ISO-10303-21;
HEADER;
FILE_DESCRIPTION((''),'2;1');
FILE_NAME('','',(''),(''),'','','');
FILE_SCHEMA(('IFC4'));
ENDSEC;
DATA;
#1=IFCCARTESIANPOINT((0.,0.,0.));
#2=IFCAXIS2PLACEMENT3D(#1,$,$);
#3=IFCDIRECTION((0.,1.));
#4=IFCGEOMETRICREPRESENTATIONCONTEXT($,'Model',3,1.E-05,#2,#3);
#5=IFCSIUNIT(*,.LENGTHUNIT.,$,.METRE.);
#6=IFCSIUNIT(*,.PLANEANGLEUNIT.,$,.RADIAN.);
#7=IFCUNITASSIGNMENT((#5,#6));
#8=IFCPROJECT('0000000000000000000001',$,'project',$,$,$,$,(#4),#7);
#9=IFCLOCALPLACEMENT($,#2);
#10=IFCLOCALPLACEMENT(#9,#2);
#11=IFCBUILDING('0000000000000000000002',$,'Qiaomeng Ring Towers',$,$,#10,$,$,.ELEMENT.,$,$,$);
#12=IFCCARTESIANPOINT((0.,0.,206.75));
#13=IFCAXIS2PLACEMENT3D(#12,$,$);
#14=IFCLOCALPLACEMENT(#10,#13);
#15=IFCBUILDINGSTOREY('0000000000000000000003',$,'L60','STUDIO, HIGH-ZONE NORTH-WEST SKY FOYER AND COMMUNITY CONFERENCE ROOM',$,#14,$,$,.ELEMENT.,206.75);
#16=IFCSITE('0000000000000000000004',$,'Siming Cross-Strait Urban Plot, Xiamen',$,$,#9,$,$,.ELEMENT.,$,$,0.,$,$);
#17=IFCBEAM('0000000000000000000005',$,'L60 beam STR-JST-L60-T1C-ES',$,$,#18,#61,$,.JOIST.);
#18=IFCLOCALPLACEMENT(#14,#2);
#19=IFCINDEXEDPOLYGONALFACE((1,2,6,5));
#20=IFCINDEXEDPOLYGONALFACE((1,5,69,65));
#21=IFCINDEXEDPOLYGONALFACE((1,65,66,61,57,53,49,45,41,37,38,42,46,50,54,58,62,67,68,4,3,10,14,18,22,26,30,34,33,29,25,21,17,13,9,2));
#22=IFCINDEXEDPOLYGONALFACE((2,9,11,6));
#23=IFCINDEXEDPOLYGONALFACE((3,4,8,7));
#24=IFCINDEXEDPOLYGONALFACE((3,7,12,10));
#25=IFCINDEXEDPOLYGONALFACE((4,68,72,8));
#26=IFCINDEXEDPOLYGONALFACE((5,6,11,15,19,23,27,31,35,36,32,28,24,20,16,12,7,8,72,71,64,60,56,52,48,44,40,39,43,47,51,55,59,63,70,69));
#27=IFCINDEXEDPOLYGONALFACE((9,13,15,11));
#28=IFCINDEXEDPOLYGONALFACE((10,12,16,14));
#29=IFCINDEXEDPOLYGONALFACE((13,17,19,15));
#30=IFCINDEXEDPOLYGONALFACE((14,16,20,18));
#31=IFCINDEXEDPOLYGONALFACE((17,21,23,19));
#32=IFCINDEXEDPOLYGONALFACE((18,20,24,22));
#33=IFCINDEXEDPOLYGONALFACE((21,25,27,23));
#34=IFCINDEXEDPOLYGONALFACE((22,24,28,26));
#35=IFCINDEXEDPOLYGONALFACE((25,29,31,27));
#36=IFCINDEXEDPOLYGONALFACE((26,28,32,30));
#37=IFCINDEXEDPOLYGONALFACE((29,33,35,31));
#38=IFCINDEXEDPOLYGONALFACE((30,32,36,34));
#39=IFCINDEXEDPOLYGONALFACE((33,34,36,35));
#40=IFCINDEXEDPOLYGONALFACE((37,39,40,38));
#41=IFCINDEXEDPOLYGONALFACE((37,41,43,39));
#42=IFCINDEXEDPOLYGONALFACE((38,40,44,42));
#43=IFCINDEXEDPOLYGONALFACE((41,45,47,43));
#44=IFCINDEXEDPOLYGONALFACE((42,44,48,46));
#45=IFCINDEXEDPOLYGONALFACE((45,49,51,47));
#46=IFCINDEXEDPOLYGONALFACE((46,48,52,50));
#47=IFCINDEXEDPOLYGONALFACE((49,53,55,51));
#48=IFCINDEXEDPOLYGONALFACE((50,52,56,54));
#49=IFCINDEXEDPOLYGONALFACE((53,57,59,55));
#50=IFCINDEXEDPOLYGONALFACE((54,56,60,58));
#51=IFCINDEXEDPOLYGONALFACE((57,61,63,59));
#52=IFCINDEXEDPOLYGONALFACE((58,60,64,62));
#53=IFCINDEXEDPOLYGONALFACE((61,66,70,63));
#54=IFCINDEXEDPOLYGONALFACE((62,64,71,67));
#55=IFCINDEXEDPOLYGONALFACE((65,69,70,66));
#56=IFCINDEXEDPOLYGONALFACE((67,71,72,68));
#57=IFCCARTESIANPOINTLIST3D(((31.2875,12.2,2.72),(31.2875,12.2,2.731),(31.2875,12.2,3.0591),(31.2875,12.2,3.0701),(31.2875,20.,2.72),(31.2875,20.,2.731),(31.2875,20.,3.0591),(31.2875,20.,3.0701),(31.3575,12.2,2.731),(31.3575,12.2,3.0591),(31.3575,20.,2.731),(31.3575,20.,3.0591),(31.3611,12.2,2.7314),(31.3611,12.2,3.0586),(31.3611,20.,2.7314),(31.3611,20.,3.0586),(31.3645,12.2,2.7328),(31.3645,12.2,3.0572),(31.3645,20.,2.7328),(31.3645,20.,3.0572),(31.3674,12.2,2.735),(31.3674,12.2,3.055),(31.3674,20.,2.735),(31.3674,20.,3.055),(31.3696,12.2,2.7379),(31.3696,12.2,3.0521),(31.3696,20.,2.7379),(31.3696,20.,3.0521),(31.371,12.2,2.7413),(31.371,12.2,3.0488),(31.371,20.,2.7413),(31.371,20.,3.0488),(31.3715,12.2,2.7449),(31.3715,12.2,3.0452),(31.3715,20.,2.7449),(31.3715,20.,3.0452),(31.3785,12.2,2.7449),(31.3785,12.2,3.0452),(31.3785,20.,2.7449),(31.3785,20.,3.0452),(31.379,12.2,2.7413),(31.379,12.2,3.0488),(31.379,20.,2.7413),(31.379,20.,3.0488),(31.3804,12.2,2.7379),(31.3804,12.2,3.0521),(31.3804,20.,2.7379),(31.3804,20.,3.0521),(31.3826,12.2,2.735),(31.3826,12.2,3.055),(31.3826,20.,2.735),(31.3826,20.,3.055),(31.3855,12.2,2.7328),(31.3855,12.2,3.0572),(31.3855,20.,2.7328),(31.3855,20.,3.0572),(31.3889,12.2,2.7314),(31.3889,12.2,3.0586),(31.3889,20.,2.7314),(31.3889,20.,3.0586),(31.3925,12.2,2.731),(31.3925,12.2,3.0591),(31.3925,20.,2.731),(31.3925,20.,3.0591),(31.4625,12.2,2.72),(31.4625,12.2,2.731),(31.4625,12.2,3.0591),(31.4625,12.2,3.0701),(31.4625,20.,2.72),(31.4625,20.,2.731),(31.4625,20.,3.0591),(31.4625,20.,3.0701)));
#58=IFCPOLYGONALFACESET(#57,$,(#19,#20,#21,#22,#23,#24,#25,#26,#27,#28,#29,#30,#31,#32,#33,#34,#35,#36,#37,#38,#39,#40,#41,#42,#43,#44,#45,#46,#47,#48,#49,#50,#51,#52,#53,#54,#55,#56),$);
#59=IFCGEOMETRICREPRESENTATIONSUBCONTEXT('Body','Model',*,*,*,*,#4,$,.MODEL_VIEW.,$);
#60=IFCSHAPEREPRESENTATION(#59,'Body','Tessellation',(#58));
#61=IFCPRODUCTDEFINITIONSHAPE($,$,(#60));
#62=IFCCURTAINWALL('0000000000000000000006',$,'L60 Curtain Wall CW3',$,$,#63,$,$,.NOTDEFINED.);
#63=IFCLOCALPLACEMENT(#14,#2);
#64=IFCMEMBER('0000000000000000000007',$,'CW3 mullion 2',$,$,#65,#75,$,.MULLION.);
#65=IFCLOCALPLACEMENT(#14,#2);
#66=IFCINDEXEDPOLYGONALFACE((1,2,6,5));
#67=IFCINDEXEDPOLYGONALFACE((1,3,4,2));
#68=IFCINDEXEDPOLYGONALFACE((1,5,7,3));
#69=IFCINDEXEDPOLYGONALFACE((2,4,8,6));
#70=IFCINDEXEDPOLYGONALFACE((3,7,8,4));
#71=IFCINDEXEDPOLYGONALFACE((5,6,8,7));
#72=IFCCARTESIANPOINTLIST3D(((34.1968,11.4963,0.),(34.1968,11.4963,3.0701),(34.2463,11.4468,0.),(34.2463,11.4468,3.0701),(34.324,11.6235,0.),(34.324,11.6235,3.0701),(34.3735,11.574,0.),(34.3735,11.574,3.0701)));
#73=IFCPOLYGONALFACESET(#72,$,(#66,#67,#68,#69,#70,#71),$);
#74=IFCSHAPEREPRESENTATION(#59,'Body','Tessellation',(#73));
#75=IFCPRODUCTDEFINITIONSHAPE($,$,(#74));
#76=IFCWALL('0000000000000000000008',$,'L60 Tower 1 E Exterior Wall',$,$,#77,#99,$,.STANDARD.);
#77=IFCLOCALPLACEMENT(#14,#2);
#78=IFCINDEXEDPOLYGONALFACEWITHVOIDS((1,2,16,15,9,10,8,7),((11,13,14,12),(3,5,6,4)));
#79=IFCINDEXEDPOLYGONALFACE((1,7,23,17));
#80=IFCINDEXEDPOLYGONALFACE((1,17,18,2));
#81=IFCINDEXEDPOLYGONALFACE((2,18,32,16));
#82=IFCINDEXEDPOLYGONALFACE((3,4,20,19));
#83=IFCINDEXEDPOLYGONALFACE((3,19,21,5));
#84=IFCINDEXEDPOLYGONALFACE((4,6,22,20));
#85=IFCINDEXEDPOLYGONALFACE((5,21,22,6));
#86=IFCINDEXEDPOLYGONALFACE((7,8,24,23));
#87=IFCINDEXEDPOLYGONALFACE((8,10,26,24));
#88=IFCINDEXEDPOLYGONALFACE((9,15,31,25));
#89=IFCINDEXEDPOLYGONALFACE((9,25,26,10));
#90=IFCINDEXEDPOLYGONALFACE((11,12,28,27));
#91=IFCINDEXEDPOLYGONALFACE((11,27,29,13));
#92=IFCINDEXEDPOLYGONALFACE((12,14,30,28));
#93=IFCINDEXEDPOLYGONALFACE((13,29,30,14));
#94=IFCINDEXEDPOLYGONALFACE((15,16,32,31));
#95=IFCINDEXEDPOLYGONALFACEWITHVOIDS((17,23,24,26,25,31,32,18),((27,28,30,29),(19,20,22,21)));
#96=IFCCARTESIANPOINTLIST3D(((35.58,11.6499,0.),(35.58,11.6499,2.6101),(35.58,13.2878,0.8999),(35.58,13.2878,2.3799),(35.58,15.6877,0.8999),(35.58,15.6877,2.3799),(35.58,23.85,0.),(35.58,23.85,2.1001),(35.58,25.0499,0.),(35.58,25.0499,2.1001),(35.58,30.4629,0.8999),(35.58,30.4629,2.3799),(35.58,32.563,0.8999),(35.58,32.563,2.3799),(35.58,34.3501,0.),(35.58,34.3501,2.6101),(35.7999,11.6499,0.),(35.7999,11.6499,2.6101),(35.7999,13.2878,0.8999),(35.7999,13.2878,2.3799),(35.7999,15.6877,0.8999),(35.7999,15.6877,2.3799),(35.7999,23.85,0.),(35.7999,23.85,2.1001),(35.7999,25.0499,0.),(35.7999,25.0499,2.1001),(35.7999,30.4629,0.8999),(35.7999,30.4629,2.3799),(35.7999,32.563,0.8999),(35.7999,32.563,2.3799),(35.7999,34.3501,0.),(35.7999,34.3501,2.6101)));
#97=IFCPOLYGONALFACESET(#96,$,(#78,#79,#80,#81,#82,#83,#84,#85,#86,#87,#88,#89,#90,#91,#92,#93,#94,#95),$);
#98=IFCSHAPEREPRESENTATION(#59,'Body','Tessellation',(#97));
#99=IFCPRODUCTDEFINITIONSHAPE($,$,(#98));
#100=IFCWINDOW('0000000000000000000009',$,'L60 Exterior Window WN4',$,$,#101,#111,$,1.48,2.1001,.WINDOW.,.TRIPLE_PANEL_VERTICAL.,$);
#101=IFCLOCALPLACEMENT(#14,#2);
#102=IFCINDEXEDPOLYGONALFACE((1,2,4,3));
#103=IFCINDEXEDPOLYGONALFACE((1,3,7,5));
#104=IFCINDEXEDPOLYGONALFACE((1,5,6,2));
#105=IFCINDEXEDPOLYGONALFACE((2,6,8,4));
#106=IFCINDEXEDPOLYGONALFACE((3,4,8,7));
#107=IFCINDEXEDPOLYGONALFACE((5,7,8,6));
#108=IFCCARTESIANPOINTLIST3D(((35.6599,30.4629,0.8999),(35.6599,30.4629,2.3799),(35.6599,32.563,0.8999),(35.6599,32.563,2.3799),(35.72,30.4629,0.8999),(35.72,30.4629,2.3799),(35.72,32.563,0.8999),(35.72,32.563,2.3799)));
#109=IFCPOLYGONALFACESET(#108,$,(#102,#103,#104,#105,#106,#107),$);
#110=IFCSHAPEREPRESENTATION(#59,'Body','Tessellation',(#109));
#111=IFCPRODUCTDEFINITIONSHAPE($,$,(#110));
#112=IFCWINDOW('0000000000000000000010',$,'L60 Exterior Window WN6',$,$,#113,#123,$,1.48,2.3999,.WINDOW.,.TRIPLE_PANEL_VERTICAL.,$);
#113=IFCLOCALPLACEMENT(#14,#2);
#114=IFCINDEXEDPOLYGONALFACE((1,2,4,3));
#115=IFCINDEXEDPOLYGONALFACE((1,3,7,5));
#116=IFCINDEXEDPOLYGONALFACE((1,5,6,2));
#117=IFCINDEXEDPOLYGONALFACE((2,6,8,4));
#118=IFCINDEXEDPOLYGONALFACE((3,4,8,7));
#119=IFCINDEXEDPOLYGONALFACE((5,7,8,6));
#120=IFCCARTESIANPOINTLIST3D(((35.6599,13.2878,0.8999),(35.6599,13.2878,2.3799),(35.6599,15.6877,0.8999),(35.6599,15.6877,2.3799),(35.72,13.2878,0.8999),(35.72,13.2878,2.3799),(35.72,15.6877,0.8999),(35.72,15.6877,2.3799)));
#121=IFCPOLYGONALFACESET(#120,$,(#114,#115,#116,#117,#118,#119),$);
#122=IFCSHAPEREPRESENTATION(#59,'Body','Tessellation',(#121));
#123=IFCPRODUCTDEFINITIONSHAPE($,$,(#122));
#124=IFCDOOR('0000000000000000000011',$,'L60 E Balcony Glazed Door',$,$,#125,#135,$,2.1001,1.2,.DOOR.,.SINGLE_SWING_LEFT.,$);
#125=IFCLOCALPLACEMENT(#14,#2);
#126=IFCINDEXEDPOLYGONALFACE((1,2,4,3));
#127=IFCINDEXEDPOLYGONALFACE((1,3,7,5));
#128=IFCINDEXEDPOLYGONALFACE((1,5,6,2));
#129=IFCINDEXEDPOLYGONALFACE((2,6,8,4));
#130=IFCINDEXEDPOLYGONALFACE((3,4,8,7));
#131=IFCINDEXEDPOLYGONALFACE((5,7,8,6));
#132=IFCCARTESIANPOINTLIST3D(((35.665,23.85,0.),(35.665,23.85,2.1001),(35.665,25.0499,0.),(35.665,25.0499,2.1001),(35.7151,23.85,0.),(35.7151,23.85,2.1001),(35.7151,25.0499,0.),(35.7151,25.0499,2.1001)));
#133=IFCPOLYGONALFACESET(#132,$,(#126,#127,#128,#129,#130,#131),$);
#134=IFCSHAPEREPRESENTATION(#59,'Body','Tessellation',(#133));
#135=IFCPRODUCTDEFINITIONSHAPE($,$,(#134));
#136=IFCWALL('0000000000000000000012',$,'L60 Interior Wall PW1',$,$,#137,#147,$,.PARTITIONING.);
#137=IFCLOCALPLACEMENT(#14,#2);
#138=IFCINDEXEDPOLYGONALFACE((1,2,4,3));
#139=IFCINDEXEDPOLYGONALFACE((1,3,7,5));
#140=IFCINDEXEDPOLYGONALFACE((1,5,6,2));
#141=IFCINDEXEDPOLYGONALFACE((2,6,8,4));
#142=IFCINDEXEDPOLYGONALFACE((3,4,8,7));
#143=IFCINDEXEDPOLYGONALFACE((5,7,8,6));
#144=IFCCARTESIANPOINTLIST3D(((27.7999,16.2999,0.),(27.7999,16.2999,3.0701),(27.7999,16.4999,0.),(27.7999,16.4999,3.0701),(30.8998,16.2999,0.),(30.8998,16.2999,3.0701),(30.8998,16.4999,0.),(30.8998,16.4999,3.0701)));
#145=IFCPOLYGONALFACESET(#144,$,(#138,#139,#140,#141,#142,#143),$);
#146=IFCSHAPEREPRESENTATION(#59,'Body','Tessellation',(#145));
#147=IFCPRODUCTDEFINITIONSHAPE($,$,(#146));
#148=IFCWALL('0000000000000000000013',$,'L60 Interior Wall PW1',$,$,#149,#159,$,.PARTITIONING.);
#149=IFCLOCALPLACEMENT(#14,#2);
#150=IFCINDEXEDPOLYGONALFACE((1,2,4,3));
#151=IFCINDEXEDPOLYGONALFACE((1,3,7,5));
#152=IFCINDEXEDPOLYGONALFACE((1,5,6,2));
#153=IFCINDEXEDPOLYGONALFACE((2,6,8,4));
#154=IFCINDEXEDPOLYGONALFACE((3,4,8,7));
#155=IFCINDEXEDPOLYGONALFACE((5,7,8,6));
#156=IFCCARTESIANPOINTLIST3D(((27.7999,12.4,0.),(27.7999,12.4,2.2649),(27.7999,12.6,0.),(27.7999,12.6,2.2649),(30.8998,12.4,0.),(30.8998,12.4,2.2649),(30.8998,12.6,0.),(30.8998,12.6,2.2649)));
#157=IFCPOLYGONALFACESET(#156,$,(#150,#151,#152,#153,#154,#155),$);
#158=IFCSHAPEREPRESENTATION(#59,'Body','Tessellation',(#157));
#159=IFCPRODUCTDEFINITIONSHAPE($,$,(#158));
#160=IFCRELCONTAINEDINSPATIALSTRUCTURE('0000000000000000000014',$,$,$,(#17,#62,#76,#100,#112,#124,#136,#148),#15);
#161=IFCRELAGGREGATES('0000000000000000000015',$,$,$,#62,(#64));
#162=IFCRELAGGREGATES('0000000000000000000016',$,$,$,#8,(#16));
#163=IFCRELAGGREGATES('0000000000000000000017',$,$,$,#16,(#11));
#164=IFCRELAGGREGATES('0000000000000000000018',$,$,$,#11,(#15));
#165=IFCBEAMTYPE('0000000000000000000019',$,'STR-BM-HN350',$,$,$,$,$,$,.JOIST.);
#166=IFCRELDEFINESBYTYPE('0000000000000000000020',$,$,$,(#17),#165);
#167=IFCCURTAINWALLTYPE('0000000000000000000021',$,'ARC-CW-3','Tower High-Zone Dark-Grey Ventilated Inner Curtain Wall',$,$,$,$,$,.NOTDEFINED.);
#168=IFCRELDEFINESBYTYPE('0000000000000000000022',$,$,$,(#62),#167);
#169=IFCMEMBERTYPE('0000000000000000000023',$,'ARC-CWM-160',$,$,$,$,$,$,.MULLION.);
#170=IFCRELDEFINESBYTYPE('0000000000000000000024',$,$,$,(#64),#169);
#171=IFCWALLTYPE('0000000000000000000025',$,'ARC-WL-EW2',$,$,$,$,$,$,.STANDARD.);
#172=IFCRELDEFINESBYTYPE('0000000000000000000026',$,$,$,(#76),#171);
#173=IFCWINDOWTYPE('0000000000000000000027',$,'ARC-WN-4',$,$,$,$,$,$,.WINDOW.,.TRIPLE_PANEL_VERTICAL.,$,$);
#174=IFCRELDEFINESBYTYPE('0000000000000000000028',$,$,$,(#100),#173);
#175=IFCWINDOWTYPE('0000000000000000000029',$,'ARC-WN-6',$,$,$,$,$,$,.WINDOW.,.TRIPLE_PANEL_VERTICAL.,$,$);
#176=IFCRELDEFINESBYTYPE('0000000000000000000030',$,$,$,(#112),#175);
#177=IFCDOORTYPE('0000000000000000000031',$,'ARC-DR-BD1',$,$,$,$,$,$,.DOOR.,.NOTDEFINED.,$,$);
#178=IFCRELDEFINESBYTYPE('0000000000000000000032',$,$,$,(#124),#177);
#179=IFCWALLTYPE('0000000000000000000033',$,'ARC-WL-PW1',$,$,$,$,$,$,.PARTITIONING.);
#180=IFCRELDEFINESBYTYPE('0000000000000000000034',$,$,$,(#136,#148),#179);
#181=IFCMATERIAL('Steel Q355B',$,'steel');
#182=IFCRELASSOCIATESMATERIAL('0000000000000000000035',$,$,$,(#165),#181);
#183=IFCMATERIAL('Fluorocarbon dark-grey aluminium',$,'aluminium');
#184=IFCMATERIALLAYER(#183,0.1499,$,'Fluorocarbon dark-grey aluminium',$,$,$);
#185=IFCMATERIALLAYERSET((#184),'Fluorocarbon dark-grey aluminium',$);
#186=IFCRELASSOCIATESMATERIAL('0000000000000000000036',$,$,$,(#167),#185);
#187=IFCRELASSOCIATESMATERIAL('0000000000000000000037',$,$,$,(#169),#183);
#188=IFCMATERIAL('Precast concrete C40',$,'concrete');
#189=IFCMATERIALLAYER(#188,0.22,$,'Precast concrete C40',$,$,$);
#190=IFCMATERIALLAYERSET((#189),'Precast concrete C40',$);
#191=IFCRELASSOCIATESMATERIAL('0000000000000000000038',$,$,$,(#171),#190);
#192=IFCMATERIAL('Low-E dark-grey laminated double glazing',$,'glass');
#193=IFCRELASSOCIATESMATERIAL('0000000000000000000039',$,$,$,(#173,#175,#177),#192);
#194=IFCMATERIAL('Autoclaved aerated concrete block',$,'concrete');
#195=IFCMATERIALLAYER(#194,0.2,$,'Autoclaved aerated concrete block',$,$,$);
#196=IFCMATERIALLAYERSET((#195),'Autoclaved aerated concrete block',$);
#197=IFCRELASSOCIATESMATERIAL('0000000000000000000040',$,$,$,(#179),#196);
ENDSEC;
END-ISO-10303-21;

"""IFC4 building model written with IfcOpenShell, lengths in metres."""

from ifc_helpers import new_model, si_unit, direction, frame, frame_2d, origin, origin_2d, place, context, subcontext, project, spatial, rectangle, i_section, extrude, source, transform, mapped, material, layer, layer_set, material_profile, profile_set, type_object, element, fill, aggregate, save


model = new_model("IFC4")

# Units and contexts
model_context = context("Model", 3, precision=1e-05, world=origin(), true_north=direction((0.0, 1.0)))
body_context = subcontext(model_context, "Body", "Model", "MODEL_VIEW")
ifc_project = project(units=[si_unit("LENGTHUNIT", "METRE"), si_unit("PLANEANGLEUNIT", "RADIAN")], contexts=[model_context])

# Site, building, storey
site_placement = place(None, origin())
site = spatial("IfcSite", under=ifc_project, at=site_placement, Name="Siming Cross-Strait Urban Plot, Xiamen", CompositionType="ELEMENT", RefElevation=0.0)
building_placement = place(site_placement, origin())
building = spatial("IfcBuilding", under=site, at=building_placement, Name="Qiaomeng Ring Towers", CompositionType="ELEMENT")
storey_placement = place(building_placement, frame((0.0, 0.0, 206.75)))
storey = spatial("IfcBuildingStorey", under=building, at=storey_placement, Name="L60", Description="STUDIO, HIGH-ZONE NORTH-WEST SKY FOYER AND COMMUNITY CONFERENCE ROOM", CompositionType="ELEMENT", Elevation=206.75)

# Beam
ifc_material_1 = material(Name="Steel Q355B", Category="steel")
ifc_material_profile_1 = material_profile(ifc_material_1, i_section(OverallWidth=0.175, OverallDepth=0.3501, WebThickness=0.0071, FlangeThickness=0.011, FilletRadius=0.0139, at=origin_2d()), Name="HN 350x175x7x11")
ifc_profile_set_1 = profile_set([ifc_material_profile_1], Name="Steel Q355B")
beam_type_1 = type_object("IfcBeamType", Name="STR-BM-HN350", PredefinedType="JOIST", material=ifc_profile_set_1)
shared_shape_1 = source(origin(), body_context, "Body", "SweptSolid", [
    extrude(i_section(OverallWidth=0.175, OverallDepth=0.3501, WebThickness=0.0071, FlangeThickness=0.011, FilletRadius=0.0139, at=origin_2d()), origin(), (0.0, 0.0, 1.0), 7.8),
])
beam_1_placement = place(storey_placement, frame((31.375, 12.2, 2.895), z_axis=(0.0, 1.0, 0.0), x_axis=(-1.0, 0.0, 0.0)))
element("IfcBeam", 1, at=beam_1_placement, inside=storey, type_object=beam_type_1, Name="L60 beam STR-JST-L60-T1C-ES", PredefinedType="JOIST", context=body_context, shape_type="MappedRepresentation", body=[
    mapped(shared_shape_1, transform((0.0, 0.0, 0.0), x_axis=(1.0, 0.0, 0.0), y_axis=(0.0, 1.0, 0.0), z_axis=(0.0, 0.0, 1.0), scale=1.0)),
])

# Curtain wall, member
ifc_material_2 = material(Name="Fluorocarbon dark-grey aluminium", Category="aluminium")
ifc_layer_1 = layer(ifc_material_2, 0.1499, Name="Fluorocarbon dark-grey aluminium")
ifc_layer_set_1 = layer_set([ifc_layer_1], Name="Fluorocarbon dark-grey aluminium")
curtain_wall_type = type_object("IfcCurtainWallType", Name="ARC-CW-3", Description="Tower High-Zone Dark-Grey Ventilated Inner Curtain Wall", PredefinedType="NOTDEFINED", material=ifc_layer_set_1)
curtain_wall_placement = place(storey_placement, origin())
curtain_wall = element("IfcCurtainWall", 2, at=curtain_wall_placement, inside=storey, type_object=curtain_wall_type, Name="L60 Curtain Wall CW3", PredefinedType="NOTDEFINED")
ifc_material_profile_2 = material_profile(ifc_material_2, rectangle(XDim=0.0701, YDim=0.1799, at=origin_2d()), Name="ALU MULL 70x180")
ifc_profile_set_2 = profile_set([ifc_material_profile_2], Name="Fluorocarbon dark-grey aluminium")
member_type = type_object("IfcMemberType", Name="ARC-CWM-160", PredefinedType="MULLION", material=ifc_profile_set_2)
shared_shape_2 = source(origin(), body_context, "Body", "SweptSolid", [
    extrude(rectangle(XDim=0.0701, YDim=0.1799, at=origin_2d()), origin(), (0.0, 0.0, 1.0), 3.0701),
])
member_placement = place(storey_placement, frame((34.2852, 11.5352, 0.0), z_axis=(0.0, 0.0, 1.0), x_axis=(-0.707107, 0.707107, 0.0)))
member = element("IfcMember", 3, at=member_placement, type_object=member_type, Name="CW3 mullion 2", PredefinedType="MULLION", context=body_context, shape_type="MappedRepresentation", body=[
    mapped(shared_shape_2, transform((0.0, 0.0, 0.0), x_axis=(1.0, 0.0, 0.0), y_axis=(0.0, 1.0, 0.0), z_axis=(0.0, 0.0, 1.0), scale=1.0)),
])
aggregate(curtain_wall, [member])

# Wall, openings, windows, door
ifc_material_3 = material(Name="Precast concrete C40", Category="concrete")
ifc_layer_2 = layer(ifc_material_3, 0.22, Name="Precast concrete C40")
ifc_layer_set_2 = layer_set([ifc_layer_2], Name="Precast concrete C40")
wall_type_1 = type_object("IfcWallType", Name="ARC-WL-EW2", PredefinedType="STANDARD", material=ifc_layer_set_2)
wall_1_placement = place(storey_placement, frame((35.6899, 11.6499, 0.0), z_axis=(0.0, 0.0, 1.0), x_axis=(0.0, 1.0, 0.0)))
wall_1 = element("IfcWall", 4, at=wall_1_placement, inside=storey, type_object=wall_type_1, Name="L60 Tower 1 E Exterior Wall", PredefinedType="STANDARD", context=body_context, shape_type="SweptSolid", body=[
    extrude(rectangle(XDim=22.7002, YDim=0.22, at=frame_2d((11.3501, 0.0))), origin(), (0.0, 0.0, 1.0), 2.6101),
])
opening_1_placement = place(wall_1_placement, frame((12.2, 0.0, 0.0)))
opening_1 = element("IfcOpeningElement", 5, at=opening_1_placement, cuts=wall_1, PredefinedType="OPENING", context=body_context, shape_type="SweptSolid", body=[
    extrude(rectangle(XDim=1.2, YDim=2.1001, at=frame_2d((0.6001, 1.05))), frame((0.0, 0.1199, 0.0), z_axis=(0.0, -1.0, 0.0), x_axis=(1.0, 0.0, 0.0)), (0.0, 0.0, 1.0), 0.24),
])
opening_2_placement = place(wall_1_placement, frame((1.6379, 0.0, 0.8999)))
opening_2 = element("IfcOpeningElement", 6, at=opening_2_placement, cuts=wall_1, PredefinedType="OPENING", context=body_context, shape_type="SweptSolid", body=[
    extrude(rectangle(XDim=2.3999, YDim=1.48, at=frame_2d((1.2, 0.74))), frame((0.0, 0.1199, 0.0), z_axis=(0.0, -1.0, 0.0), x_axis=(1.0, 0.0, 0.0)), (0.0, 0.0, 1.0), 0.24),
])
opening_3_placement = place(wall_1_placement, frame((18.813, 0.0, 0.8999)))
opening_3 = element("IfcOpeningElement", 7, at=opening_3_placement, cuts=wall_1, PredefinedType="OPENING", context=body_context, shape_type="SweptSolid", body=[
    extrude(rectangle(XDim=2.1001, YDim=1.48, at=frame_2d((1.05, 0.74))), frame((0.0, 0.1199, 0.0), z_axis=(0.0, -1.0, 0.0), x_axis=(1.0, 0.0, 0.0)), (0.0, 0.0, 1.0), 0.24),
])
ifc_material_4 = material(Name="Low-E dark-grey laminated double glazing", Category="glass")
window_type_1 = type_object("IfcWindowType", Name="ARC-WN-4", PartitioningType="TRIPLE_PANEL_VERTICAL", PredefinedType="WINDOW", material=ifc_material_4)
shared_shape_3 = source(origin(), body_context, "Body", "SweptSolid", [
    extrude(rectangle(XDim=2.1001, YDim=1.48, at=frame_2d((1.05, 0.74))), frame((0.0, 0.03, 0.0), z_axis=(0.0, -1.0, 0.0), x_axis=(1.0, 0.0, 0.0)), (0.0, 0.0, 1.0), 0.0601),
])
window_1_placement = place(opening_3_placement, origin())
window_1 = element("IfcWindow", 8, at=window_1_placement, inside=storey, type_object=window_type_1, Name="L60 Exterior Window WN4", OverallHeight=1.48, OverallWidth=2.1001, PartitioningType="TRIPLE_PANEL_VERTICAL", PredefinedType="WINDOW", context=body_context, shape_type="MappedRepresentation", body=[
    mapped(shared_shape_3, transform((0.0, 0.0, 0.0), x_axis=(1.0, 0.0, 0.0), y_axis=(0.0, 1.0, 0.0), z_axis=(0.0, 0.0, 1.0), scale=1.0)),
])
fill(opening_3, window_1)
window_type_2 = type_object("IfcWindowType", Name="ARC-WN-6", PartitioningType="TRIPLE_PANEL_VERTICAL", PredefinedType="WINDOW", material=ifc_material_4)
shared_shape_4 = source(origin(), body_context, "Body", "SweptSolid", [
    extrude(rectangle(XDim=2.3999, YDim=1.48, at=frame_2d((1.2, 0.74))), frame((0.0, 0.03, 0.0), z_axis=(0.0, -1.0, 0.0), x_axis=(1.0, 0.0, 0.0)), (0.0, 0.0, 1.0), 0.0601),
])
window_2_placement = place(opening_2_placement, origin())
window_2 = element("IfcWindow", 9, at=window_2_placement, inside=storey, type_object=window_type_2, Name="L60 Exterior Window WN6", OverallHeight=1.48, OverallWidth=2.3999, PartitioningType="TRIPLE_PANEL_VERTICAL", PredefinedType="WINDOW", context=body_context, shape_type="MappedRepresentation", body=[
    mapped(shared_shape_4, transform((0.0, 0.0, 0.0), x_axis=(1.0, 0.0, 0.0), y_axis=(0.0, 1.0, 0.0), z_axis=(0.0, 0.0, 1.0), scale=1.0)),
])
fill(opening_2, window_2)
door_type_1 = type_object("IfcDoorType", Name="ARC-DR-BD1", OperationType="NOTDEFINED", PredefinedType="DOOR", material=ifc_material_4)
shared_shape_5 = source(origin(), body_context, "Body", "SweptSolid", [
    extrude(rectangle(XDim=1.2, YDim=2.1001, at=frame_2d((0.6001, 1.05))), frame((0.0, 0.0249, 0.0), z_axis=(0.0, -1.0, 0.0), x_axis=(1.0, 0.0, 0.0)), (0.0, 0.0, 1.0), 0.05),
])
door_1_placement = place(opening_1_placement, origin())
door_1 = element("IfcDoor", 10, at=door_1_placement, inside=storey, type_object=door_type_1, Name="L60 E Balcony Glazed Door", OperationType="SINGLE_SWING_LEFT", OverallHeight=2.1001, OverallWidth=1.2, PredefinedType="DOOR", context=body_context, shape_type="MappedRepresentation", body=[
    mapped(shared_shape_5, transform((0.0, 0.0, 0.0), x_axis=(1.0, 0.0, 0.0), y_axis=(0.0, 1.0, 0.0), z_axis=(0.0, 0.0, 1.0), scale=1.0)),
])
fill(opening_1, door_1)

# Walls
ifc_material_5 = material(Name="Autoclaved aerated concrete block", Category="concrete")
ifc_layer_3 = layer(ifc_material_5, 0.2, Name="Autoclaved aerated concrete block")
ifc_layer_set_3 = layer_set([ifc_layer_3], Name="Autoclaved aerated concrete block")
wall_type_2 = type_object("IfcWallType", Name="ARC-WL-PW1", PredefinedType="PARTITIONING", material=ifc_layer_set_3)
wall_2_placement = place(storey_placement, frame((27.8, 16.3999, 0.0), z_axis=(0.0, 0.0, 1.0), x_axis=(1.0, 0.0, 0.0)))
element("IfcWall", 11, at=wall_2_placement, inside=storey, type_object=wall_type_2, Name="L60 Interior Wall PW1", PredefinedType="PARTITIONING", context=body_context, shape_type="SweptSolid", body=[
    extrude(rectangle(XDim=3.0999, YDim=0.2, at=frame_2d((1.5498, 0.0))), origin(), (0.0, 0.0, 1.0), 3.0701),
])
wall_3_placement = place(storey_placement, frame((27.8, 12.5, 0.0), z_axis=(0.0, 0.0, 1.0), x_axis=(1.0, 0.0, 0.0)))
element("IfcWall", 12, at=wall_3_placement, inside=storey, type_object=wall_type_2, Name="L60 Interior Wall PW1", PredefinedType="PARTITIONING", context=body_context, shape_type="SweptSolid", body=[
    extrude(rectangle(XDim=3.0999, YDim=0.2, at=frame_2d((1.5498, 0.0))), origin(), (0.0, 0.0, 1.0), 2.2649),
])

save(model, "model.ifc")
